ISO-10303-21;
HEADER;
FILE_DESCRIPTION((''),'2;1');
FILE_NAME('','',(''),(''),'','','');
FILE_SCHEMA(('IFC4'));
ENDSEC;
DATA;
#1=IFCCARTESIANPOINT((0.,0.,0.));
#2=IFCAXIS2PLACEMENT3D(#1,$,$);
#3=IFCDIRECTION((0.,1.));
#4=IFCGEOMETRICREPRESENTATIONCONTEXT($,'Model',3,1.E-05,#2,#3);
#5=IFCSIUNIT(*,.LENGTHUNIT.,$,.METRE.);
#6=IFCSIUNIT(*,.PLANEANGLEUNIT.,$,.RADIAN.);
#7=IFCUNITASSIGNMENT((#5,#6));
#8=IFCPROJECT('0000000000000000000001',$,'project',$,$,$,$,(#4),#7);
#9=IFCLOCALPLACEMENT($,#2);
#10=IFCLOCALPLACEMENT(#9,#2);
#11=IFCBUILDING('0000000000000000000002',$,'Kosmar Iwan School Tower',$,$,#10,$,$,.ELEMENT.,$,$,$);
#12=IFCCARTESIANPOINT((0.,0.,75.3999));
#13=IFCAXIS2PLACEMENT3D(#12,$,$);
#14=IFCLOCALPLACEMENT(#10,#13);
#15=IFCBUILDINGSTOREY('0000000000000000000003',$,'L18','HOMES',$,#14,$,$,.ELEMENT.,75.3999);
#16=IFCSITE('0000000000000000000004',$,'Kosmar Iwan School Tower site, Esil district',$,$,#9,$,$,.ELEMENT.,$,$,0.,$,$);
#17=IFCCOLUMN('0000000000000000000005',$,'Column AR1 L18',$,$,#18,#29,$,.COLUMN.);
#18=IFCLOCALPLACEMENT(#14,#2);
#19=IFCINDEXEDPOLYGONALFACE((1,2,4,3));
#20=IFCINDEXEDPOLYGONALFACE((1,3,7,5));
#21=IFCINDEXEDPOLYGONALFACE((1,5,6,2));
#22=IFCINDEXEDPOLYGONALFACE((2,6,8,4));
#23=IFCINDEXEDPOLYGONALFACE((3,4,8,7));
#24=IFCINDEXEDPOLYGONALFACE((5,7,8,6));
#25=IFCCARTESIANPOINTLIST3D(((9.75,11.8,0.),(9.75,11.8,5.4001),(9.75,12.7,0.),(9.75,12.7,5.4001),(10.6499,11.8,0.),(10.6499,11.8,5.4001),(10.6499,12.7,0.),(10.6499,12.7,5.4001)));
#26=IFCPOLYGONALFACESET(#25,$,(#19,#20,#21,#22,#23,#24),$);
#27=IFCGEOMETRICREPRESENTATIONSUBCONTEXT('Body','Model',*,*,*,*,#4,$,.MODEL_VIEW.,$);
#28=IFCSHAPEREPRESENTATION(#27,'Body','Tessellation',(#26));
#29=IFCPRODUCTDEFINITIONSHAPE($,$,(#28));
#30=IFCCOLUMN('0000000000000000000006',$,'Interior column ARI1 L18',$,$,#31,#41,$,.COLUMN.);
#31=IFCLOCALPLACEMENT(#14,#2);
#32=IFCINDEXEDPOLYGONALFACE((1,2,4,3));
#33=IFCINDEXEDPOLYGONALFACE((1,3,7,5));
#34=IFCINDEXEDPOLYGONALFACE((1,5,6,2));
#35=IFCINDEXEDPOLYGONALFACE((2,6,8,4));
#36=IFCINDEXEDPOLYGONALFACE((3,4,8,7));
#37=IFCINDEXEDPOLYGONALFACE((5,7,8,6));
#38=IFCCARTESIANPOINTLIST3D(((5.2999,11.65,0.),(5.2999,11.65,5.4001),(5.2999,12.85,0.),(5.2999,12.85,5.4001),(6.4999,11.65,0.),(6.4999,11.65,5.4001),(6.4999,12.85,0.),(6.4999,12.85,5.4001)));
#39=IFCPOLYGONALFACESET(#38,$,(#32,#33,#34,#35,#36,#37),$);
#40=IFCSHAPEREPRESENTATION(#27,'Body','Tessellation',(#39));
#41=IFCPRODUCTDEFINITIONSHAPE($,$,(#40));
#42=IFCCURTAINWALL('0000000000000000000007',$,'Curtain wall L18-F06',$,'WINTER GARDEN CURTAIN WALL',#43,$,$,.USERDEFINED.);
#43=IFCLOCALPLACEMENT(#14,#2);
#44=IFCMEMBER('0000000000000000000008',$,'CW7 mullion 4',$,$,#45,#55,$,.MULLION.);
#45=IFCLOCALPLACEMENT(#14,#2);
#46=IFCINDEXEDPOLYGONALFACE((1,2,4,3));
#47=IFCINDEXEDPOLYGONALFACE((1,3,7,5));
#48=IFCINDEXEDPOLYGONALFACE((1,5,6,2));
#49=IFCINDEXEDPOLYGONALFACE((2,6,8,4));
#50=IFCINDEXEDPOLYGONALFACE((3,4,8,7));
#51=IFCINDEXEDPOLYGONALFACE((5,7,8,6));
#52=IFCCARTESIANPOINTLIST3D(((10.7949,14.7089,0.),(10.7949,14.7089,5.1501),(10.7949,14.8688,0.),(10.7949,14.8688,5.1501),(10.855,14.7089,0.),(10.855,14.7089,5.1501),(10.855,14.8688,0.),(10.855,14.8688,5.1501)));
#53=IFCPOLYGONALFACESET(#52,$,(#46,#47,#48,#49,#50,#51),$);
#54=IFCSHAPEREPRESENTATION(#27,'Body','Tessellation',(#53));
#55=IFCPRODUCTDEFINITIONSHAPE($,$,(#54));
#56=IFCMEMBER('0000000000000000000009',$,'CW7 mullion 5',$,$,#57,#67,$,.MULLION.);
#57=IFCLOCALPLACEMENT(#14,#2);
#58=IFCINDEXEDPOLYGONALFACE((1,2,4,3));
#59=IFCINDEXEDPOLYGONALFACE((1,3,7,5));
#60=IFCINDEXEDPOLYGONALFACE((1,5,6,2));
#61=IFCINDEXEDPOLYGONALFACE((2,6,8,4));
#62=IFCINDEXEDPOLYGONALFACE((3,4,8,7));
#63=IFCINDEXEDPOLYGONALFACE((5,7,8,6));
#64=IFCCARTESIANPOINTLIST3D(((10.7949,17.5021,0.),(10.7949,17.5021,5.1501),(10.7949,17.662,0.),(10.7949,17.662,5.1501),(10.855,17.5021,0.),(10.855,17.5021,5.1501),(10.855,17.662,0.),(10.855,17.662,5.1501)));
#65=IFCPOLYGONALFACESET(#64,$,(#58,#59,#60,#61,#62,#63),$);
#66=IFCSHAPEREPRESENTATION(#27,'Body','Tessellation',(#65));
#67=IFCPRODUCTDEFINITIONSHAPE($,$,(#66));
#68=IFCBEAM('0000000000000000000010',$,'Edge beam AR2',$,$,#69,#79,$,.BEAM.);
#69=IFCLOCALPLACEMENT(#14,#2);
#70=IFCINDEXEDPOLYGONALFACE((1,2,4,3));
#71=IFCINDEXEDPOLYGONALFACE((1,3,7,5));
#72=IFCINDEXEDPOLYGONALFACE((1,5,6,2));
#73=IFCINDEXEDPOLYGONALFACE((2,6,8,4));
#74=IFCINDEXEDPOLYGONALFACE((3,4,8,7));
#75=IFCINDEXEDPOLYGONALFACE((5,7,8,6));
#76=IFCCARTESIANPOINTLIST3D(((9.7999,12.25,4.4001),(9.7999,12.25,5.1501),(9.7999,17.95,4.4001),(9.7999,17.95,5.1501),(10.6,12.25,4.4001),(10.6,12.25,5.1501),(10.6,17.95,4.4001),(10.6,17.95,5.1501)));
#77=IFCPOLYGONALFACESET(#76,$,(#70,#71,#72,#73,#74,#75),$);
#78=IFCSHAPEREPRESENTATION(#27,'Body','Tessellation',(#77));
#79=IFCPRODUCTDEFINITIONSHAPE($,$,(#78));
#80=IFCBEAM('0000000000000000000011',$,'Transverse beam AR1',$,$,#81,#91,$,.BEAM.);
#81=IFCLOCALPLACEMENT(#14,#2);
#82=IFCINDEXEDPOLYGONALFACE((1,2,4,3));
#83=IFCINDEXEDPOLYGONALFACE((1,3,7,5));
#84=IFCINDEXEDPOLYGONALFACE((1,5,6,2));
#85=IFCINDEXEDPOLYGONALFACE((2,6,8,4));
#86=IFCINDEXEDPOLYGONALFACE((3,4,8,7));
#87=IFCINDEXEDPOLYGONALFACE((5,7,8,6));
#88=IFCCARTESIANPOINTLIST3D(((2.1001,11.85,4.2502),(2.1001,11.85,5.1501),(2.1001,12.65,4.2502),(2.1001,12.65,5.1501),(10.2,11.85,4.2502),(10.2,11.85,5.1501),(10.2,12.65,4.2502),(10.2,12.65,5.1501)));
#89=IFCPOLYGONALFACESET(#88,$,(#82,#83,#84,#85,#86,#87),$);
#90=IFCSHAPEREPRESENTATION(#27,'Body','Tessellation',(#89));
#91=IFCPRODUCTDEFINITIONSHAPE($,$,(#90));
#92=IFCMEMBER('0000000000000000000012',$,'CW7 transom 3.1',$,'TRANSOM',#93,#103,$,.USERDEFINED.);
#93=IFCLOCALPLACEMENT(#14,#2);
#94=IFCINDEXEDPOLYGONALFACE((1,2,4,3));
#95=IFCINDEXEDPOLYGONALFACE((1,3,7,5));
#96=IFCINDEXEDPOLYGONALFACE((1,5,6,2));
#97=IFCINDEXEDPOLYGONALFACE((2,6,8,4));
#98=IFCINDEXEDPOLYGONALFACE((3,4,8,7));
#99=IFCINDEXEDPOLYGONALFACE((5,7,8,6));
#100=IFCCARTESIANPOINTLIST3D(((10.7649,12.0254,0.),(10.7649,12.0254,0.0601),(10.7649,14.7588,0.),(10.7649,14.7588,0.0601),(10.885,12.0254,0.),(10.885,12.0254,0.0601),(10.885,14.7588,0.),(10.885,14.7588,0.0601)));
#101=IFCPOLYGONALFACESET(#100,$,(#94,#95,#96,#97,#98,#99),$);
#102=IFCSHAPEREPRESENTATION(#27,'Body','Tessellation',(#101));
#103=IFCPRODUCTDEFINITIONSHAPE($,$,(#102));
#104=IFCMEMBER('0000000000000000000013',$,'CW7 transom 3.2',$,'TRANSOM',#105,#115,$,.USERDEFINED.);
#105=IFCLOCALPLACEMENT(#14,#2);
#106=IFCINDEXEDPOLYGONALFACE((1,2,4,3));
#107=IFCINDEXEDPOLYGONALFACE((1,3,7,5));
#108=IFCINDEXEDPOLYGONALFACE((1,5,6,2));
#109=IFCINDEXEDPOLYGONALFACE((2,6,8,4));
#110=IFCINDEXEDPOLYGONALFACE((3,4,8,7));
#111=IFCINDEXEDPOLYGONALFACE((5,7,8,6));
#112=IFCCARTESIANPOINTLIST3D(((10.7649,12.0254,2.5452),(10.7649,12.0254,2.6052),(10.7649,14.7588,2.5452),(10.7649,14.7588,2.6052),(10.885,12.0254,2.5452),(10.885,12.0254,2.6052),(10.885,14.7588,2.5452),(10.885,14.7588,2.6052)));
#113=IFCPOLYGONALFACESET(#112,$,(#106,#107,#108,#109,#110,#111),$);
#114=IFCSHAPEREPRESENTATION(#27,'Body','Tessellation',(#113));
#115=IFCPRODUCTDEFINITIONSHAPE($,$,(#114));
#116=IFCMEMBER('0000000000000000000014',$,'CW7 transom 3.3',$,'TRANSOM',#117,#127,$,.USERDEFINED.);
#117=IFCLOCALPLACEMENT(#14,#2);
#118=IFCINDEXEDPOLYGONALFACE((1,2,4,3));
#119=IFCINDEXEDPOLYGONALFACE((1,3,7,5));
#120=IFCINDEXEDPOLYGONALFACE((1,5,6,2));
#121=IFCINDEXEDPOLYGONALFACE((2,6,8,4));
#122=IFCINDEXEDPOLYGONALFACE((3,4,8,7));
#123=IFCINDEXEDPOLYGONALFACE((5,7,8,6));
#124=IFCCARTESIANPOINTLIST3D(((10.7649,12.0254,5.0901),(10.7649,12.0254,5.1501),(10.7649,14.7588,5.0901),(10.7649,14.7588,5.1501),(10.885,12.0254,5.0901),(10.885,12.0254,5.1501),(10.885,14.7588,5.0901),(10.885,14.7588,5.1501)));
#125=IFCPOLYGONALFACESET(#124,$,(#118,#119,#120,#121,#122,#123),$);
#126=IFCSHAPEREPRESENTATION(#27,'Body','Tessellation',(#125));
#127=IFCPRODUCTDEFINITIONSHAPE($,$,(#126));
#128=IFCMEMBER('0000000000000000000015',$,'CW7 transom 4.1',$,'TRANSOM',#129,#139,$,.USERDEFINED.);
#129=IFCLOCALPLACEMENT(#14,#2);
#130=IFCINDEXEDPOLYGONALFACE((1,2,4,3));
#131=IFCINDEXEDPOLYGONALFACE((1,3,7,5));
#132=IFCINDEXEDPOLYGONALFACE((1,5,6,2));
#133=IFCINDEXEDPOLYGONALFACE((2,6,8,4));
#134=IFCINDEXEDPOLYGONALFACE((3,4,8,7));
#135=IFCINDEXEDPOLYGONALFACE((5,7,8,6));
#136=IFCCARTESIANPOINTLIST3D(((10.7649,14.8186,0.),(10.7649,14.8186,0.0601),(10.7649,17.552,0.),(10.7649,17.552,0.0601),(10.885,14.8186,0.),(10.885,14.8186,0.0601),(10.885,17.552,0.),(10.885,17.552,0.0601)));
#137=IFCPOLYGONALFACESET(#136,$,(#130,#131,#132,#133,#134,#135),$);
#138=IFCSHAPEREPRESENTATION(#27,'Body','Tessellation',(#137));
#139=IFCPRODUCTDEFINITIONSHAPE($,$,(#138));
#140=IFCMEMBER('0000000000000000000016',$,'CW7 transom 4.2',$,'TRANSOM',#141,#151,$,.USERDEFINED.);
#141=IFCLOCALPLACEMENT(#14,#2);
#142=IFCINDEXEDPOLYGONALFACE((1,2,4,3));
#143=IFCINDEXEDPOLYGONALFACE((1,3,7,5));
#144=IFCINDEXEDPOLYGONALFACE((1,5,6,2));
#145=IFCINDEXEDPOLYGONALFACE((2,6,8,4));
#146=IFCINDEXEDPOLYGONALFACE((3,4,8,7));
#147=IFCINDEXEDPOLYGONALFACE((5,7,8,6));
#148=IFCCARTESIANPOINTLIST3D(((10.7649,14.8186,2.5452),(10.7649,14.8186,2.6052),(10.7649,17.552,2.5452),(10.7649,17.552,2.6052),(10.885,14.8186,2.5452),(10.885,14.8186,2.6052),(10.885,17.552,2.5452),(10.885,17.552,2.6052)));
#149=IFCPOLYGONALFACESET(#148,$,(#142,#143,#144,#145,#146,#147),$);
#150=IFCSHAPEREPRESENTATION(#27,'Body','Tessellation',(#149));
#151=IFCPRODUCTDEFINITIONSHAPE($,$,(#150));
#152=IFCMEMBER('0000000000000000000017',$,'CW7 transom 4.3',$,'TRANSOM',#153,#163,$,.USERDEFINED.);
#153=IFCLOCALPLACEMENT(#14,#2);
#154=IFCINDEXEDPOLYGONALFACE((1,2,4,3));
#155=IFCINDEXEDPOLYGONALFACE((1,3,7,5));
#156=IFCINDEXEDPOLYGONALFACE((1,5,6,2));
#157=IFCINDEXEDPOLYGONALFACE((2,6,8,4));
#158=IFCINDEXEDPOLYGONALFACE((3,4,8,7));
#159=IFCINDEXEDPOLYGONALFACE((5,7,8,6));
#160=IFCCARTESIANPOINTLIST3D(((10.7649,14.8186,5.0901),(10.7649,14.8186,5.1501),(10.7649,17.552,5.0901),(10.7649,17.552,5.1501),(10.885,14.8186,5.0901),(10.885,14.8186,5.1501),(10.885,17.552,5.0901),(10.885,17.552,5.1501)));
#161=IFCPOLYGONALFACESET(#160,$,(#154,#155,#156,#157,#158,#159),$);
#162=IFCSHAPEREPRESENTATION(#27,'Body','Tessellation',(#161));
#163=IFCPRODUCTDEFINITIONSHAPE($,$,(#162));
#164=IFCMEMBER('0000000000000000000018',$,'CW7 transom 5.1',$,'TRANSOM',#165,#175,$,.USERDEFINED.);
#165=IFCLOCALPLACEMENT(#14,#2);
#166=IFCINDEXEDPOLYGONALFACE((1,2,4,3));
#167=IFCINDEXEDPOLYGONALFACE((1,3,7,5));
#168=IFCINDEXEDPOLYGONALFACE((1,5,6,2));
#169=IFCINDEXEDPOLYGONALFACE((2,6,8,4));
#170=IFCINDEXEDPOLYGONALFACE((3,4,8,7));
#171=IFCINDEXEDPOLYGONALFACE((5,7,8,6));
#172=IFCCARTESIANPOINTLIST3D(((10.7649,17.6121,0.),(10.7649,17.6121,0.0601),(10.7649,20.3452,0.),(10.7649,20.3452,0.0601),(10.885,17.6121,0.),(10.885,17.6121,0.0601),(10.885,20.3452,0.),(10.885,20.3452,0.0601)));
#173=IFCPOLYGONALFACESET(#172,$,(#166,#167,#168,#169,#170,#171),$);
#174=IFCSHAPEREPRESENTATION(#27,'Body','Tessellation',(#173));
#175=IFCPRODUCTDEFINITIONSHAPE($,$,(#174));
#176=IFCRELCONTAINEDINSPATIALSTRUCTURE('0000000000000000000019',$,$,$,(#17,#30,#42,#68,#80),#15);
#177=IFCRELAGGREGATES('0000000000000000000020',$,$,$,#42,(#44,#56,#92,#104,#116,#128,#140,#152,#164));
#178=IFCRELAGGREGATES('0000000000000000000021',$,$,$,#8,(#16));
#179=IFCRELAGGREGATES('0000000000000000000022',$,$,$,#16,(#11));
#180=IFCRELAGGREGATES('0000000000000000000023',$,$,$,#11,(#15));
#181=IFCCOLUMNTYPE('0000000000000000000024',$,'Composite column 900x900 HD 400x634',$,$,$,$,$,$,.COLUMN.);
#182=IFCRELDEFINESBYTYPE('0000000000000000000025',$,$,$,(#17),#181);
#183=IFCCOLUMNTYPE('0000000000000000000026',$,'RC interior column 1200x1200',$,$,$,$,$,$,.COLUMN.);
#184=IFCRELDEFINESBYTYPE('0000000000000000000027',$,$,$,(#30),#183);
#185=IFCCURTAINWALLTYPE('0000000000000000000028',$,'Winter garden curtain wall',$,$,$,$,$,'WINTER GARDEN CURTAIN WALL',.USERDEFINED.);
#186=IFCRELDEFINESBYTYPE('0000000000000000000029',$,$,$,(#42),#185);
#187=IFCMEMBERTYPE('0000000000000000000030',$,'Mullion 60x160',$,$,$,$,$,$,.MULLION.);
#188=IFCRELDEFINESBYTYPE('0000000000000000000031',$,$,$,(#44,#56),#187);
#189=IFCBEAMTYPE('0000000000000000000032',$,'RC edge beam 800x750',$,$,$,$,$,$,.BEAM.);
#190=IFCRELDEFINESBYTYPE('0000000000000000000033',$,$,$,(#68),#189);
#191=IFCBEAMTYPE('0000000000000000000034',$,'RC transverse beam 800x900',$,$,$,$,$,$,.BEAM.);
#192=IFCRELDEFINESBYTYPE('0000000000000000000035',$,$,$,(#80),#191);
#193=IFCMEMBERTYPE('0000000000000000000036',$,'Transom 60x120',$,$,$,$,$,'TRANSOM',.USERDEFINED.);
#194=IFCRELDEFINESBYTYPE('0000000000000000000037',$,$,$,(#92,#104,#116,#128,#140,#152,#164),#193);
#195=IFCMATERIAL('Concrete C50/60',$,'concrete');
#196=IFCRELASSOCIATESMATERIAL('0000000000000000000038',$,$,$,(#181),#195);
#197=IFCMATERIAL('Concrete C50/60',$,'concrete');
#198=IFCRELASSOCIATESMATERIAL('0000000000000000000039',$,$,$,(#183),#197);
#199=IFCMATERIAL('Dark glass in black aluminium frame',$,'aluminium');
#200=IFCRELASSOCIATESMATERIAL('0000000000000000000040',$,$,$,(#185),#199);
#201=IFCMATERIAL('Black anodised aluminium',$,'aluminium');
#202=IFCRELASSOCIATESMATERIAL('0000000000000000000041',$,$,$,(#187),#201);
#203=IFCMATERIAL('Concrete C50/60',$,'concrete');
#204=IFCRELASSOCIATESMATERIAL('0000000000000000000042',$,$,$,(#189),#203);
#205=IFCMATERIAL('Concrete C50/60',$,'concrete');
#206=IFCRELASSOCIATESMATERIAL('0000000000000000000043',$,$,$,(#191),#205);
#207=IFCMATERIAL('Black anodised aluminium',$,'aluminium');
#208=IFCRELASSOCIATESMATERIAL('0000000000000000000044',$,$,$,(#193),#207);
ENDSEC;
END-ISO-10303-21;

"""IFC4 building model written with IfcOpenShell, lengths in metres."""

from ifc_helpers import new_model, si_unit, direction, frame, origin, origin_2d, place, context, subcontext, project, spatial, rectangle, extrude, material, material_profile, profile_set, type_object, element, aggregate, save


model = new_model("IFC4")

# Units and contexts
model_context = context("Model", 3, precision=1e-05, world=origin(), true_north=direction((0.0, 1.0)))
body_context = subcontext(model_context, "Body", "Model", "MODEL_VIEW")
ifc_project = project(units=[si_unit("LENGTHUNIT", "METRE"), si_unit("PLANEANGLEUNIT", "RADIAN")], contexts=[model_context])

# Site, building, storey
site_placement = place(None, origin())
site = spatial("IfcSite", under=ifc_project, at=site_placement, Name="Kosmar Iwan School Tower site, Esil district", CompositionType="ELEMENT", RefElevation=0.0)
building_placement = place(site_placement, origin())
building = spatial("IfcBuilding", under=site, at=building_placement, Name="Kosmar Iwan School Tower", CompositionType="ELEMENT")
storey_placement = place(building_placement, frame((0.0, 0.0, 75.3999)))
storey = spatial("IfcBuildingStorey", under=building, at=storey_placement, Name="L18", Description="HOMES", CompositionType="ELEMENT", Elevation=75.3999)

# Columns
ifc_material_1 = material(Name="Concrete C50/60", Category="concrete")
ifc_material_profile_1 = material_profile(ifc_material_1, rectangle(XDim=0.8999, YDim=0.8999, at=origin_2d()), Name="RC 900x900 + HD 400x634")
ifc_profile_set_1 = profile_set([ifc_material_profile_1], Name="Concrete C50/60")
column_type_1 = type_object("IfcColumnType", Name="Composite column 900x900 HD 400x634", PredefinedType="COLUMN", material=ifc_profile_set_1)
column_1_placement = place(storey_placement, frame((10.2, 12.25, 0.0), z_axis=(0.0, 0.0, 1.0), x_axis=(0.0, 1.0, 0.0)))
element("IfcColumn", 1, at=column_1_placement, inside=storey, type_object=column_type_1, Name="Column AR1 L18", PredefinedType="COLUMN", context=body_context, shape_type="SweptSolid", body=[
    extrude(rectangle(XDim=0.8999, YDim=0.8999, at=origin_2d()), origin(), (0.0, 0.0, 1.0), 5.4001),
])
ifc_material_2 = material(Name="Concrete C50/60", Category="concrete")
ifc_material_profile_2 = material_profile(ifc_material_2, rectangle(XDim=1.2, YDim=1.2, at=origin_2d()), Name="RC 1200x1200")
ifc_profile_set_2 = profile_set([ifc_material_profile_2], Name="Concrete C50/60")
column_type_2 = type_object("IfcColumnType", Name="RC interior column 1200x1200", PredefinedType="COLUMN", material=ifc_profile_set_2)
column_2_placement = place(storey_placement, frame((5.8999, 12.25, 0.0), z_axis=(0.0, 0.0, 1.0), x_axis=(0.0, 1.0, 0.0)))
element("IfcColumn", 2, at=column_2_placement, inside=storey, type_object=column_type_2, Name="Interior column ARI1 L18", PredefinedType="COLUMN", context=body_context, shape_type="SweptSolid", body=[
    extrude(rectangle(XDim=1.2, YDim=1.2, at=origin_2d()), origin(), (0.0, 0.0, 1.0), 5.4001),
])

# Curtain wall, members
ifc_material_3 = material(Name="Dark glass in black aluminium frame", Category="aluminium")
curtain_wall_type = type_object("IfcCurtainWallType", Name="Winter garden curtain wall", ElementType="WINTER GARDEN CURTAIN WALL", PredefinedType="USERDEFINED", material=ifc_material_3)
curtain_wall_placement = place(storey_placement, origin())
curtain_wall = element("IfcCurtainWall", 3, at=curtain_wall_placement, inside=storey, type_object=curtain_wall_type, Name="Curtain wall L18-F06", ObjectType="WINTER GARDEN CURTAIN WALL", PredefinedType="USERDEFINED")
ifc_material_4 = material(Name="Black anodised aluminium", Category="aluminium")
ifc_material_profile_3 = material_profile(ifc_material_4, rectangle(XDim=0.0601, YDim=0.1599, at=origin_2d()), Name="MULLION 60x160")
ifc_profile_set_3 = profile_set([ifc_material_profile_3], Name="Black anodised aluminium")
member_type_1 = type_object("IfcMemberType", Name="Mullion 60x160", PredefinedType="MULLION", material=ifc_profile_set_3)
member_1_placement = place(storey_placement, frame((10.825, 14.7888, 0.0), z_axis=(0.0, 0.0, 1.0), x_axis=(-1.0, 0.0, 0.0)))
member_1 = element("IfcMember", 4, at=member_1_placement, type_object=member_type_1, Name="CW7 mullion 4", PredefinedType="MULLION", context=body_context, shape_type="SweptSolid", body=[
    extrude(rectangle(XDim=0.0601, YDim=0.1599, at=origin_2d()), origin(), (0.0, 0.0, 1.0), 5.1501),
])
member_2_placement = place(storey_placement, frame((10.825, 17.582, 0.0), z_axis=(0.0, 0.0, 1.0), x_axis=(-1.0, 0.0, 0.0)))
member_2 = element("IfcMember", 5, at=member_2_placement, type_object=member_type_1, Name="CW7 mullion 5", PredefinedType="MULLION", context=body_context, shape_type="SweptSolid", body=[
    extrude(rectangle(XDim=0.0601, YDim=0.1599, at=origin_2d()), origin(), (0.0, 0.0, 1.0), 5.1501),
])

# Beams
ifc_material_5 = material(Name="Concrete C50/60", Category="concrete")
ifc_material_profile_4 = material_profile(ifc_material_5, rectangle(XDim=0.8, YDim=0.75, at=origin_2d()), Name="RC 800x750")
ifc_profile_set_4 = profile_set([ifc_material_profile_4], Name="Concrete C50/60")
beam_type_1 = type_object("IfcBeamType", Name="RC edge beam 800x750", PredefinedType="BEAM", material=ifc_profile_set_4)
beam_1_placement = place(storey_placement, frame((10.2, 12.25, 4.7751), z_axis=(0.0, 1.0, 0.0), x_axis=(-1.0, 0.0, 0.0)))
element("IfcBeam", 6, at=beam_1_placement, inside=storey, type_object=beam_type_1, Name="Edge beam AR2", PredefinedType="BEAM", context=body_context, shape_type="SweptSolid", body=[
    extrude(rectangle(XDim=0.8, YDim=0.75, at=origin_2d()), origin(), (0.0, 0.0, 1.0), 5.7),
])
ifc_material_6 = material(Name="Concrete C50/60", Category="concrete")
ifc_material_profile_5 = material_profile(ifc_material_6, rectangle(XDim=0.8, YDim=0.8999, at=origin_2d()), Name="RC 800x900")
ifc_profile_set_5 = profile_set([ifc_material_profile_5], Name="Concrete C50/60")
beam_type_2 = type_object("IfcBeamType", Name="RC transverse beam 800x900", PredefinedType="BEAM", material=ifc_profile_set_5)
beam_2_placement = place(storey_placement, frame((10.2, 12.25, 4.7002), z_axis=(-1.0, 0.0, 0.0), x_axis=(0.0, -1.0, 0.0)))
element("IfcBeam", 7, at=beam_2_placement, inside=storey, type_object=beam_type_2, Name="Transverse beam AR1", PredefinedType="BEAM", context=body_context, shape_type="SweptSolid", body=[
    extrude(rectangle(XDim=0.8, YDim=0.8999, at=origin_2d()), origin(), (0.0, 0.0, 1.0), 8.0999),
])

# Members
ifc_material_7 = material(Name="Black anodised aluminium", Category="aluminium")
ifc_material_profile_6 = material_profile(ifc_material_7, rectangle(XDim=0.1201, YDim=0.0601, at=origin_2d()), Name="TRANSOM 60x120")
ifc_profile_set_6 = profile_set([ifc_material_profile_6], Name="Black anodised aluminium")
member_type_2 = type_object("IfcMemberType", Name="Transom 60x120", ElementType="TRANSOM", PredefinedType="USERDEFINED", material=ifc_profile_set_6)
member_3_placement = place(storey_placement, frame((10.825, 12.0254, 0.03), z_axis=(0.0, 1.0, 0.0), x_axis=(-1.0, 0.0, 0.0)))
member_3 = element("IfcMember", 8, at=member_3_placement, type_object=member_type_2, Name="CW7 transom 3.1", ObjectType="TRANSOM", PredefinedType="USERDEFINED", context=body_context, shape_type="SweptSolid", body=[
    extrude(rectangle(XDim=0.1201, YDim=0.0601, at=origin_2d()), origin(), (0.0, 0.0, 1.0), 2.7334),
])
member_4_placement = place(storey_placement, frame((10.825, 12.0254, 2.5752), z_axis=(0.0, 1.0, 0.0), x_axis=(-1.0, 0.0, 0.0)))
member_4 = element("IfcMember", 9, at=member_4_placement, type_object=member_type_2, Name="CW7 transom 3.2", ObjectType="TRANSOM", PredefinedType="USERDEFINED", context=body_context, shape_type="SweptSolid", body=[
    extrude(rectangle(XDim=0.1201, YDim=0.0601, at=origin_2d()), origin(), (0.0, 0.0, 1.0), 2.7334),
])
member_5_placement = place(storey_placement, frame((10.825, 12.0254, 5.1201), z_axis=(0.0, 1.0, 0.0), x_axis=(-1.0, 0.0, 0.0)))
member_5 = element("IfcMember", 10, at=member_5_placement, type_object=member_type_2, Name="CW7 transom 3.3", ObjectType="TRANSOM", PredefinedType="USERDEFINED", context=body_context, shape_type="SweptSolid", body=[
    extrude(rectangle(XDim=0.1201, YDim=0.0601, at=origin_2d()), origin(), (0.0, 0.0, 1.0), 2.7334),
])
member_6_placement = place(storey_placement, frame((10.825, 14.8186, 0.03), z_axis=(0.0, 1.0, 0.0), x_axis=(-1.0, 0.0, 0.0)))
member_6 = element("IfcMember", 11, at=member_6_placement, type_object=member_type_2, Name="CW7 transom 4.1", ObjectType="TRANSOM", PredefinedType="USERDEFINED", context=body_context, shape_type="SweptSolid", body=[
    extrude(rectangle(XDim=0.1201, YDim=0.0601, at=origin_2d()), origin(), (0.0, 0.0, 1.0), 2.7334),
])
member_7_placement = place(storey_placement, frame((10.825, 14.8186, 2.5752), z_axis=(0.0, 1.0, 0.0), x_axis=(-1.0, 0.0, 0.0)))
member_7 = element("IfcMember", 12, at=member_7_placement, type_object=member_type_2, Name="CW7 transom 4.2", ObjectType="TRANSOM", PredefinedType="USERDEFINED", context=body_context, shape_type="SweptSolid", body=[
    extrude(rectangle(XDim=0.1201, YDim=0.0601, at=origin_2d()), origin(), (0.0, 0.0, 1.0), 2.7334),
])
member_8_placement = place(storey_placement, frame((10.825, 14.8186, 5.1201), z_axis=(0.0, 1.0, 0.0), x_axis=(-1.0, 0.0, 0.0)))
member_8 = element("IfcMember", 13, at=member_8_placement, type_object=member_type_2, Name="CW7 transom 4.3", ObjectType="TRANSOM", PredefinedType="USERDEFINED", context=body_context, shape_type="SweptSolid", body=[
    extrude(rectangle(XDim=0.1201, YDim=0.0601, at=origin_2d()), origin(), (0.0, 0.0, 1.0), 2.7334),
])
member_9_placement = place(storey_placement, frame((10.825, 17.6121, 0.03), z_axis=(0.0, 1.0, 0.0), x_axis=(-1.0, 0.0, 0.0)))
member_9 = element("IfcMember", 14, at=member_9_placement, type_object=member_type_2, Name="CW7 transom 5.1", ObjectType="TRANSOM", PredefinedType="USERDEFINED", context=body_context, shape_type="SweptSolid", body=[
    extrude(rectangle(XDim=0.1201, YDim=0.0601, at=origin_2d()), origin(), (0.0, 0.0, 1.0), 2.7332),
])

aggregate(curtain_wall, [member_1, member_2, member_3, member_4, member_5, member_6, member_7, member_8, member_9])

save(model, "model.ifc")
